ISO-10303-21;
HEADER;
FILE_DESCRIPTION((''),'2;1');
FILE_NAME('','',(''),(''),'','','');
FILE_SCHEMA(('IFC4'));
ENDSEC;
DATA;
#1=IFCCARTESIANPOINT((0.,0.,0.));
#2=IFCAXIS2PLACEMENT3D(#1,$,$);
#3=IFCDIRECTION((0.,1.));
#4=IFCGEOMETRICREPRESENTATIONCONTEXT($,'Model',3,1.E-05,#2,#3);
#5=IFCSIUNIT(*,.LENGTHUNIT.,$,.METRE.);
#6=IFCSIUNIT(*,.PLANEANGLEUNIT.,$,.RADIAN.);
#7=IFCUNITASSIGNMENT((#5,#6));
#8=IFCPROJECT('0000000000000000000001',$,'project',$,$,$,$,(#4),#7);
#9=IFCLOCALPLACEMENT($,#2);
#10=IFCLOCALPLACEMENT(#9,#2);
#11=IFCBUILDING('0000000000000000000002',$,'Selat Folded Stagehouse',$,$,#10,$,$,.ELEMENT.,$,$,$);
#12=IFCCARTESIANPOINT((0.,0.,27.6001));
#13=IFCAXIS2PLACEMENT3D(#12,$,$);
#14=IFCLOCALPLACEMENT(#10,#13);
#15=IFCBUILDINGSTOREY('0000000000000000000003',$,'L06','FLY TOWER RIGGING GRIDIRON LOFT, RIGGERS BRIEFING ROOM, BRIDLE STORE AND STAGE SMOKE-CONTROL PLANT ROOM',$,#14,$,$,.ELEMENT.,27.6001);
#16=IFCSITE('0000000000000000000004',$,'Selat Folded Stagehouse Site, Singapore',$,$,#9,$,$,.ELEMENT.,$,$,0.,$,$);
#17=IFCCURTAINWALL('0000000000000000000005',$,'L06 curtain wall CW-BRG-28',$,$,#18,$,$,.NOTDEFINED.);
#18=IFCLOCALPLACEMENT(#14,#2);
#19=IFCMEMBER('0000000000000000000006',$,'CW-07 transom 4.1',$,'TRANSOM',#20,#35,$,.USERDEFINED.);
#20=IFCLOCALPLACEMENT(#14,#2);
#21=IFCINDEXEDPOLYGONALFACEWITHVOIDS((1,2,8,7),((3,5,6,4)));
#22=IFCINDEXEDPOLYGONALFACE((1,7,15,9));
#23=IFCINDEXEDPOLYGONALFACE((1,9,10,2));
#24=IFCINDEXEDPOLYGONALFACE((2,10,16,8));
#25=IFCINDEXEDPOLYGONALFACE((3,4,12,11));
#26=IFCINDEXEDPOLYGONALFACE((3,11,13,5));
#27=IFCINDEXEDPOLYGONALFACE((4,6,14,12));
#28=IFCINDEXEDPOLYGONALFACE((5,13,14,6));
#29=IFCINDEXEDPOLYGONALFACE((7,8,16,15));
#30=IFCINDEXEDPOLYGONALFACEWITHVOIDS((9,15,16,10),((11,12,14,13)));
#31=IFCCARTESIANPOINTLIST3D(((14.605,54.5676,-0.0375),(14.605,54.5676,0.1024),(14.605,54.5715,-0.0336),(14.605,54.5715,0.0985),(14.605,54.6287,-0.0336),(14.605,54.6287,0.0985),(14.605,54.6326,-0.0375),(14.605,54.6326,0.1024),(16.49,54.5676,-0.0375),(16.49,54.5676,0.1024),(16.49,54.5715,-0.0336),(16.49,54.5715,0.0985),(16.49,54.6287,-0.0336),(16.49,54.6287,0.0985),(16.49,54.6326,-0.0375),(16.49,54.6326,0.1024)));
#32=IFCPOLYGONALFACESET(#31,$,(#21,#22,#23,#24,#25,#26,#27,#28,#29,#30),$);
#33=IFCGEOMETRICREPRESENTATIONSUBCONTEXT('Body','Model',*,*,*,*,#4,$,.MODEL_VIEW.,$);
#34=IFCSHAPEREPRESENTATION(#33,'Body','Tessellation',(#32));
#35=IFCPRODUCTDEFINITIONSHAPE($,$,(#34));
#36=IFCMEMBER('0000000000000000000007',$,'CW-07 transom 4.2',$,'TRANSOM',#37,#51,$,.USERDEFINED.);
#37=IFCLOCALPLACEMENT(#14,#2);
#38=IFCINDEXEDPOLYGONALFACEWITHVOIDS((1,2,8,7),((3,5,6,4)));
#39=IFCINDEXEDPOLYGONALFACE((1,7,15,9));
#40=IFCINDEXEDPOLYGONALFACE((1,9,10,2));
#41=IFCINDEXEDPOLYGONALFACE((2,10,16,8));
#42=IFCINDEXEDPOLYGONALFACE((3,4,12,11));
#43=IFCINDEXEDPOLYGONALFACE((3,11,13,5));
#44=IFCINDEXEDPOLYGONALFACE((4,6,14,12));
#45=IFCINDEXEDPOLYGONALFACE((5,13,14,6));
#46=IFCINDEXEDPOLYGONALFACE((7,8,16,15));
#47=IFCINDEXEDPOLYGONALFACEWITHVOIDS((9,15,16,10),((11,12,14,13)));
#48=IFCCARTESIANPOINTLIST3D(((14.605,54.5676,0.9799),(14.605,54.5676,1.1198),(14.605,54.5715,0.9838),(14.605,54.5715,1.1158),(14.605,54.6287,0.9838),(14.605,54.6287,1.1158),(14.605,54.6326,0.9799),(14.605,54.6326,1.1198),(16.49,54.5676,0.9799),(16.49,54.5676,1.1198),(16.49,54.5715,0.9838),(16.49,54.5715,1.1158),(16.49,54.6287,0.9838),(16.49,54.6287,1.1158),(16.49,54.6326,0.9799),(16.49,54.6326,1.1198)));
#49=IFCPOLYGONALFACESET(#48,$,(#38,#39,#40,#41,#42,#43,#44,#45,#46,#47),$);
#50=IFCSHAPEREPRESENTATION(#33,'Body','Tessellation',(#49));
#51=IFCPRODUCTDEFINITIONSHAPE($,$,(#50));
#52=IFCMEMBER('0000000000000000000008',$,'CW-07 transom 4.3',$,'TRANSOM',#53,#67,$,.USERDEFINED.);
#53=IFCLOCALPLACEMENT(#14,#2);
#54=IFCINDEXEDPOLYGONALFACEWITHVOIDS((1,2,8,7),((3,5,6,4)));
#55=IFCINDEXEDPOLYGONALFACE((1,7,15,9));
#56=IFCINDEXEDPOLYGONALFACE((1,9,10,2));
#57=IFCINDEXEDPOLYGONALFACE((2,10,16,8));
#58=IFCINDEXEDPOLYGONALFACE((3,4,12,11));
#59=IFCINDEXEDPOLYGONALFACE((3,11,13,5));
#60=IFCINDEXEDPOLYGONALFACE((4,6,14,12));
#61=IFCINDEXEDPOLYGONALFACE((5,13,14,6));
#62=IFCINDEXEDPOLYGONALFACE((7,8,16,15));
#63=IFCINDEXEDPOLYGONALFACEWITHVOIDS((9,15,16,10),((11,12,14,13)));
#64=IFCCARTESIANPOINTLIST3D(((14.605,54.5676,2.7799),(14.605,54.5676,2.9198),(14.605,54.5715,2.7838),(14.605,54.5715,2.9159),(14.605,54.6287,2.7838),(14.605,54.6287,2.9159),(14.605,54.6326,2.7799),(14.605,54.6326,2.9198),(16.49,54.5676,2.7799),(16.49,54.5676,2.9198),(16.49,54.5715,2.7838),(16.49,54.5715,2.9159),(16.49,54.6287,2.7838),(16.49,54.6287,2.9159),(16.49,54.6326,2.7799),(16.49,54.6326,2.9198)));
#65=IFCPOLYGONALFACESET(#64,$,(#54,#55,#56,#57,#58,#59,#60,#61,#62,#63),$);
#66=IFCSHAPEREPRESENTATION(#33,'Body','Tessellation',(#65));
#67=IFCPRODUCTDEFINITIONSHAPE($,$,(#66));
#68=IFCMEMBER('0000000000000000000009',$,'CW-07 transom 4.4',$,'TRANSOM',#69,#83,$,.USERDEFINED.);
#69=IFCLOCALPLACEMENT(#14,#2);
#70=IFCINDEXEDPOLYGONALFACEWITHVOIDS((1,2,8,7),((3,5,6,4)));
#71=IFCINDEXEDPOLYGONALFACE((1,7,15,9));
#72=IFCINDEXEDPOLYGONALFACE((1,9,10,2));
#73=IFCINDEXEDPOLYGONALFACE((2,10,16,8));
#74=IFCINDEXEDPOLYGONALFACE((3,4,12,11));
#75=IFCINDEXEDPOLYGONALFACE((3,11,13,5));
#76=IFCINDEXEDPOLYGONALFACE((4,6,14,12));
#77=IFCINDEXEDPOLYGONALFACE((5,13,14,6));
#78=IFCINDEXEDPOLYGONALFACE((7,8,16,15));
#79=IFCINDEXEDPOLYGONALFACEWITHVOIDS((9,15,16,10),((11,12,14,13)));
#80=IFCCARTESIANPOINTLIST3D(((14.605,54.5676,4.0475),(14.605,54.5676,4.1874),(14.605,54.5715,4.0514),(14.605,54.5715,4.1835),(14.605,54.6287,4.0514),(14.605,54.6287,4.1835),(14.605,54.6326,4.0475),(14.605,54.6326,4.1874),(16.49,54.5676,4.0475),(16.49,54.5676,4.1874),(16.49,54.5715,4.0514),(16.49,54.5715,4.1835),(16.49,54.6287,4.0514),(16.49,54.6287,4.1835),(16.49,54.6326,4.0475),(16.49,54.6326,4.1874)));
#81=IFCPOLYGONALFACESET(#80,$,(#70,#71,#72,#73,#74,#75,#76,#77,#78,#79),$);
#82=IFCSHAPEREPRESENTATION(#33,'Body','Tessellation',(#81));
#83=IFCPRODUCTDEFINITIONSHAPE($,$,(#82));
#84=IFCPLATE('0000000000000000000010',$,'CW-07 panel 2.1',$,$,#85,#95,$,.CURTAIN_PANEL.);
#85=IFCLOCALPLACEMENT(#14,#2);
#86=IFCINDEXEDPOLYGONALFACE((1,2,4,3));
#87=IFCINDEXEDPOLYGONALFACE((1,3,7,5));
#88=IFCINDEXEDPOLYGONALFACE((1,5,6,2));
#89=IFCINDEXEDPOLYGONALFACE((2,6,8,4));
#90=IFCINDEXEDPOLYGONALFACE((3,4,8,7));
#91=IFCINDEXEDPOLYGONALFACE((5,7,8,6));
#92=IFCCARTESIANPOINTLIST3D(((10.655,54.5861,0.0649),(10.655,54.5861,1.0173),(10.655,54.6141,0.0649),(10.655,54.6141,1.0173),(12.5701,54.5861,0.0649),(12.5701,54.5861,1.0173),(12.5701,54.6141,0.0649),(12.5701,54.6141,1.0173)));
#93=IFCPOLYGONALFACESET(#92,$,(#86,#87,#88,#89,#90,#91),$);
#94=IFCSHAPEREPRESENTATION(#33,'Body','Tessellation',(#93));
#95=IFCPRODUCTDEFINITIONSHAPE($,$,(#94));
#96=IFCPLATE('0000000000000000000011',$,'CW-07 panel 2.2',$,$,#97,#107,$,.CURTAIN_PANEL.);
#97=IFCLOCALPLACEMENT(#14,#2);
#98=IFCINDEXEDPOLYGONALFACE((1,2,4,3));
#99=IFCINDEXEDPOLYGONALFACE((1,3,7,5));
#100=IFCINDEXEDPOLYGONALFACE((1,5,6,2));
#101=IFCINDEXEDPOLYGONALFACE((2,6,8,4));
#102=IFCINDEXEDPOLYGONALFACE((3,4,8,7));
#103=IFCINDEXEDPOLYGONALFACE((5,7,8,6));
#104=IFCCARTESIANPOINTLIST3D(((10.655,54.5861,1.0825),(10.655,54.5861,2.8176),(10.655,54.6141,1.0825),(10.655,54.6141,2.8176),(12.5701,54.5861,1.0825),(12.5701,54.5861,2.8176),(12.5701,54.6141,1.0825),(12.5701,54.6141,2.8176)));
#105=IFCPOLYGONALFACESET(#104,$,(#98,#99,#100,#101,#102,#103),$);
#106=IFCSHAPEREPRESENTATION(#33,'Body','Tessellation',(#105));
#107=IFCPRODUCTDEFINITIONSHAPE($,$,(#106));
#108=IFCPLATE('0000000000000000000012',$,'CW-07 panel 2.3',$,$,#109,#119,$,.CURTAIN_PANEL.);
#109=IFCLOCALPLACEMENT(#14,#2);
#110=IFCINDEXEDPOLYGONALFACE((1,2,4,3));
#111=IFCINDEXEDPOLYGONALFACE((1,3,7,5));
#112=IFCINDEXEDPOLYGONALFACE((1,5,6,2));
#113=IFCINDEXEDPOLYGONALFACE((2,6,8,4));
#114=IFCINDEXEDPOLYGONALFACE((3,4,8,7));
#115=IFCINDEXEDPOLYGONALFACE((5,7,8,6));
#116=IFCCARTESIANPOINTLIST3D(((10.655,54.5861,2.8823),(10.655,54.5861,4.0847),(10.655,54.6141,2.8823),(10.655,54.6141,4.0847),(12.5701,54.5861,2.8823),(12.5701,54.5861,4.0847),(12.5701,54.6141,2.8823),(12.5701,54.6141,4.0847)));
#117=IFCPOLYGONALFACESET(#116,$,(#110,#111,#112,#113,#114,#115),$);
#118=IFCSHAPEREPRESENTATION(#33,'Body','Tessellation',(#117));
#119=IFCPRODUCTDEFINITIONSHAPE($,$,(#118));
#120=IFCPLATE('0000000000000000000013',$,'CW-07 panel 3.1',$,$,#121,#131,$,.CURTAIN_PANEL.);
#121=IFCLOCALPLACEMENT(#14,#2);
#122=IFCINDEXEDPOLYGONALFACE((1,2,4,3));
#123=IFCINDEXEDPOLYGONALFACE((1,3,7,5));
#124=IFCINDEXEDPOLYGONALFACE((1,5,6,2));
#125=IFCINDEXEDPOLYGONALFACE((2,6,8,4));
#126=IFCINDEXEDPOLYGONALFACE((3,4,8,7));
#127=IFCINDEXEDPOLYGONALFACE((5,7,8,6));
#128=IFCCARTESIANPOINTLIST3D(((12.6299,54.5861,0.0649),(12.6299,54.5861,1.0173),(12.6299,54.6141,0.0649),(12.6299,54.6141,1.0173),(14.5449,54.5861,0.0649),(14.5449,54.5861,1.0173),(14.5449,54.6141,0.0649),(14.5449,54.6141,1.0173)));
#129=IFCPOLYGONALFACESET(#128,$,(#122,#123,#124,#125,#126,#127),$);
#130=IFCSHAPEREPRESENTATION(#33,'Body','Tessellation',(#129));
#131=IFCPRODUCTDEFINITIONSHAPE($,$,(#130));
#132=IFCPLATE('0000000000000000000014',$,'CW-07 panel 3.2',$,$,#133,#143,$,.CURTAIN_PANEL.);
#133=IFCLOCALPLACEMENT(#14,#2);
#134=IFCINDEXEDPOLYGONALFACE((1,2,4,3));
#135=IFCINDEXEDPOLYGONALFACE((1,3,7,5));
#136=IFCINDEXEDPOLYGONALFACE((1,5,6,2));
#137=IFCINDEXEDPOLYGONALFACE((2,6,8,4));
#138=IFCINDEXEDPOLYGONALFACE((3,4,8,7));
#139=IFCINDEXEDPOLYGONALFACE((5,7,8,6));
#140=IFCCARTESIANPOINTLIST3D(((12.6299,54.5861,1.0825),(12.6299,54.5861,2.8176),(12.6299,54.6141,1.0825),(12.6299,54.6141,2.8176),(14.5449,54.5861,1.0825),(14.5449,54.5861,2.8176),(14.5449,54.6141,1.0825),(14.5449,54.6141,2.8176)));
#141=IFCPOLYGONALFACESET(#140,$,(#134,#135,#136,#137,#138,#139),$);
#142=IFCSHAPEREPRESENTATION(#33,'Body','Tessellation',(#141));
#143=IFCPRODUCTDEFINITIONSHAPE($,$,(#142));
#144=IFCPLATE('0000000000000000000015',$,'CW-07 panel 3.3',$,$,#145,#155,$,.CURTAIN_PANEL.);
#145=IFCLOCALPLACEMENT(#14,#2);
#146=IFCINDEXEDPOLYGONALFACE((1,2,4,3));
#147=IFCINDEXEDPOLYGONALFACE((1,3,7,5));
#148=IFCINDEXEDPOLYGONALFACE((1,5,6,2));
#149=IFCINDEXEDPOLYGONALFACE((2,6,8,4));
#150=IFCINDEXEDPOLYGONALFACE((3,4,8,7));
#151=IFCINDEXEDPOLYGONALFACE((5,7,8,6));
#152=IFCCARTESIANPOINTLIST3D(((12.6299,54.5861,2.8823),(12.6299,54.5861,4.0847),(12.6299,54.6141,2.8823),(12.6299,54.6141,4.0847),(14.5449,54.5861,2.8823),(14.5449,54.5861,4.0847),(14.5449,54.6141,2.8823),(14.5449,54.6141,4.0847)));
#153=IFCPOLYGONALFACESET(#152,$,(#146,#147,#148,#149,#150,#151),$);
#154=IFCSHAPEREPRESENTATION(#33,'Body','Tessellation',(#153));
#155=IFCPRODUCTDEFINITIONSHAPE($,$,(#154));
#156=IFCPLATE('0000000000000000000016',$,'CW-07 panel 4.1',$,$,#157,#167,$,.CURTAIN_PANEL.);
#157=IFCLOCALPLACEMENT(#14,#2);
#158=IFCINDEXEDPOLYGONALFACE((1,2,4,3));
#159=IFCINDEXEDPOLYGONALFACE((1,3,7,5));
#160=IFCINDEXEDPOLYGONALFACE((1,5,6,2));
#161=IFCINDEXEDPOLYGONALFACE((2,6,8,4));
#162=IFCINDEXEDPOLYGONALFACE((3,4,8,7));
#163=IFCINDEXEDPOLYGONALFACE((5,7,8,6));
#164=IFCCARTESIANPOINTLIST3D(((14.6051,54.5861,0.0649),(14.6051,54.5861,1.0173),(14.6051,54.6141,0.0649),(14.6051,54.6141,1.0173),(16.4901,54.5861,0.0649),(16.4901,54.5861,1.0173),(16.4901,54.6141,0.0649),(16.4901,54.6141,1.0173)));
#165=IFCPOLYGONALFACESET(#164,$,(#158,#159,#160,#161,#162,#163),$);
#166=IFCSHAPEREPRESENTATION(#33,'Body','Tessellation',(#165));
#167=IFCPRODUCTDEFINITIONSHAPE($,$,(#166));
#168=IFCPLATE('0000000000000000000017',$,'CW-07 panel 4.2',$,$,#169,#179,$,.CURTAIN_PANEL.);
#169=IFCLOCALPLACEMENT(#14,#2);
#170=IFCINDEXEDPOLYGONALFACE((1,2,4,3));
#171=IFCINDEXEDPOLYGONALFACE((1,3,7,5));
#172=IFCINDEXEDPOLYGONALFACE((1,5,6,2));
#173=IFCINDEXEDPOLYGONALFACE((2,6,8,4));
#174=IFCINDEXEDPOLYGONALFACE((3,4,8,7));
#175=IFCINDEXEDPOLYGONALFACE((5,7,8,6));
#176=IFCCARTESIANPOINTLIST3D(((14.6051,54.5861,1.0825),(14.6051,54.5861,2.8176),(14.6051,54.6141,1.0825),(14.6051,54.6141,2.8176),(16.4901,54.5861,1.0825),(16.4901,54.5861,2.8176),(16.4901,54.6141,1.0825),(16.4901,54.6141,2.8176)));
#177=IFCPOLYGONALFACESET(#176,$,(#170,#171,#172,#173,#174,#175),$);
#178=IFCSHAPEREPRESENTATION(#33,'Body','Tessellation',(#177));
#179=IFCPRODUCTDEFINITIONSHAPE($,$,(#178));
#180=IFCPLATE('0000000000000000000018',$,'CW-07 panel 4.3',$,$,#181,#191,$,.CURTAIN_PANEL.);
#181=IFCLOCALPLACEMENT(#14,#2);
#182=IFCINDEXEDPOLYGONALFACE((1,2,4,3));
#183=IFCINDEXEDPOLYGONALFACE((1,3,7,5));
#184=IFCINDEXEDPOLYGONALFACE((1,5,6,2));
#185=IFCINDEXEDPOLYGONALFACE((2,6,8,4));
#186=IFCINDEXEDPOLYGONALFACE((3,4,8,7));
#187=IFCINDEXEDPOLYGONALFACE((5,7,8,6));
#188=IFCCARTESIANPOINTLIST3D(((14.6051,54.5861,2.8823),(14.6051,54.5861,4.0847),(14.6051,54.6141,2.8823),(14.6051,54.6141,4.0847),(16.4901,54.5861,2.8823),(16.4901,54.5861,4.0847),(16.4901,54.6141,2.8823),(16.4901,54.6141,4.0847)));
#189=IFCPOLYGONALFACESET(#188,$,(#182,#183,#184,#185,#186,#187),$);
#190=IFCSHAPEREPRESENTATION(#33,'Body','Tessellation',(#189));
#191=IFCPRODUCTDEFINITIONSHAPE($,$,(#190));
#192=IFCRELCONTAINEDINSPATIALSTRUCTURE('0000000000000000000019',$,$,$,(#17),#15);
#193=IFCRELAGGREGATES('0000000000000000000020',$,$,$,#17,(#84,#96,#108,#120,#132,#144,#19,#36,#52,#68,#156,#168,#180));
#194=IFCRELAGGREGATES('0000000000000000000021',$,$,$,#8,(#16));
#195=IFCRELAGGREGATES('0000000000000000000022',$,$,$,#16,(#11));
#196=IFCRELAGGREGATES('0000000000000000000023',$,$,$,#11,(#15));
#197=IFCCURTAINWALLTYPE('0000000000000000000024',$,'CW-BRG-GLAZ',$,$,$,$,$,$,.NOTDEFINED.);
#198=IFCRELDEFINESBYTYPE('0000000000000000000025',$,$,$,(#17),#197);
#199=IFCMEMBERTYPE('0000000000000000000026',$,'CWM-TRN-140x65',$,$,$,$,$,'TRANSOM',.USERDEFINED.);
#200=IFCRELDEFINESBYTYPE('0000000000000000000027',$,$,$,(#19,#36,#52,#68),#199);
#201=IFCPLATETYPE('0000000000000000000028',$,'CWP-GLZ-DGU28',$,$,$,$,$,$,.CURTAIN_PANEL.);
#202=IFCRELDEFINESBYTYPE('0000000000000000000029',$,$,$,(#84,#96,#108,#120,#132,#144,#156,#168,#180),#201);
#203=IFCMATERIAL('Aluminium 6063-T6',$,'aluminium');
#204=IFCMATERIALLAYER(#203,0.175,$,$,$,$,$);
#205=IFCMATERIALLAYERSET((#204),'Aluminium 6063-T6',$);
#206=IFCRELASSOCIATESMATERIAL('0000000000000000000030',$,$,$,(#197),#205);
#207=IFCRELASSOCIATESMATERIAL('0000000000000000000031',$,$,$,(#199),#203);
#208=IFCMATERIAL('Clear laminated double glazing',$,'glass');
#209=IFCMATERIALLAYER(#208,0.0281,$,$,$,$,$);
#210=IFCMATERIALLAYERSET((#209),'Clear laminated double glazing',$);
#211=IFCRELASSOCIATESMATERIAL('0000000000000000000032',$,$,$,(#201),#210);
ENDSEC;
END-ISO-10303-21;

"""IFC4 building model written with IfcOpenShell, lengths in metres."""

from ifc_helpers import new_model, si_unit, direction, frame, origin, origin_2d, place, context, subcontext, project, spatial, rectangle, hollow_rectangle, extrude, material, layer, layer_set, material_profile, profile_set, type_object, element, aggregate, save


model = new_model("IFC4")

# Units and contexts
model_context = context("Model", 3, precision=1e-05, world=origin(), true_north=direction((0.0, 1.0)))
body_context = subcontext(model_context, "Body", "Model", "MODEL_VIEW")
ifc_project = project(units=[si_unit("LENGTHUNIT", "METRE"), si_unit("PLANEANGLEUNIT", "RADIAN")], contexts=[model_context])

# Site, building, storey
site_placement = place(None, origin())
site = spatial("IfcSite", under=ifc_project, at=site_placement, Name="Selat Folded Stagehouse Site, Singapore", CompositionType="ELEMENT", RefElevation=0.0)
building_placement = place(site_placement, origin())
building = spatial("IfcBuilding", under=site, at=building_placement, Name="Selat Folded Stagehouse", CompositionType="ELEMENT")
storey_placement = place(building_placement, frame((0.0, 0.0, 27.6001)))
storey = spatial("IfcBuildingStorey", under=building, at=storey_placement, Name="L06", Description="FLY TOWER RIGGING GRIDIRON LOFT, RIGGERS BRIEFING ROOM, BRIDLE STORE AND STAGE SMOKE-CONTROL PLANT ROOM", CompositionType="ELEMENT", Elevation=27.6001)

# Curtain wall, members, plates
ifc_material_1 = material(Name="Aluminium 6063-T6", Category="aluminium")
ifc_layer_1 = layer(ifc_material_1, 0.175)
ifc_layer_set_1 = layer_set([ifc_layer_1], Name="Aluminium 6063-T6")
curtain_wall_type = type_object("IfcCurtainWallType", Name="CW-BRG-GLAZ", PredefinedType="NOTDEFINED", material=ifc_layer_set_1)
curtain_wall_placement = place(storey_placement, origin())
curtain_wall = element("IfcCurtainWall", 1, at=curtain_wall_placement, inside=storey, type_object=curtain_wall_type, Name="L06 curtain wall CW-BRG-28", PredefinedType="NOTDEFINED")
ifc_material_profile_1 = material_profile(ifc_material_1, hollow_rectangle(XDim=0.0649, YDim=0.1399, WallThickness=0.0039, at=origin_2d()), Name="ALU 140x65x4.0")
ifc_profile_set_1 = profile_set([ifc_material_profile_1], Name="Aluminium 6063-T6")
member_type_1 = type_object("IfcMemberType", Name="CWM-TRN-140x65", ElementType="TRANSOM", PredefinedType="USERDEFINED", material=ifc_profile_set_1)
member_1_placement = place(storey_placement, frame((14.605, 54.6001, 0.0325), z_axis=(1.0, 0.0, 0.0), x_axis=(0.0, 1.0, 0.0)))
member_1 = element("IfcMember", 2, at=member_1_placement, type_object=member_type_1, Name="CW-07 transom 4.1", ObjectType="TRANSOM", PredefinedType="USERDEFINED", context=body_context, shape_type="SweptSolid", body=[
    extrude(hollow_rectangle(XDim=0.0649, YDim=0.1399, WallThickness=0.0039, at=origin_2d()), origin(), (0.0, 0.0, 1.0), 1.885),
])
member_2_placement = place(storey_placement, frame((14.605, 54.6001, 1.0498), z_axis=(1.0, 0.0, 0.0), x_axis=(0.0, 1.0, 0.0)))
member_2 = element("IfcMember", 3, at=member_2_placement, type_object=member_type_1, Name="CW-07 transom 4.2", ObjectType="TRANSOM", PredefinedType="USERDEFINED", context=body_context, shape_type="SweptSolid", body=[
    extrude(hollow_rectangle(XDim=0.0649, YDim=0.1399, WallThickness=0.0039, at=origin_2d()), origin(), (0.0, 0.0, 1.0), 1.885),
])
member_3_placement = place(storey_placement, frame((14.605, 54.6001, 2.8499), z_axis=(1.0, 0.0, 0.0), x_axis=(0.0, 1.0, 0.0)))
member_3 = element("IfcMember", 4, at=member_3_placement, type_object=member_type_1, Name="CW-07 transom 4.3", ObjectType="TRANSOM", PredefinedType="USERDEFINED", context=body_context, shape_type="SweptSolid", body=[
    extrude(hollow_rectangle(XDim=0.0649, YDim=0.1399, WallThickness=0.0039, at=origin_2d()), origin(), (0.0, 0.0, 1.0), 1.885),
])
member_4_placement = place(storey_placement, frame((14.605, 54.6001, 4.1174), z_axis=(1.0, 0.0, 0.0), x_axis=(0.0, 1.0, 0.0)))
member_4 = element("IfcMember", 5, at=member_4_placement, type_object=member_type_1, Name="CW-07 transom 4.4", ObjectType="TRANSOM", PredefinedType="USERDEFINED", context=body_context, shape_type="SweptSolid", body=[
    extrude(hollow_rectangle(XDim=0.0649, YDim=0.1399, WallThickness=0.0039, at=origin_2d()), origin(), (0.0, 0.0, 1.0), 1.885),
])
ifc_material_2 = material(Name="Clear laminated double glazing", Category="glass")
ifc_layer_2 = layer(ifc_material_2, 0.0281)
ifc_layer_set_2 = layer_set([ifc_layer_2], Name="Clear laminated double glazing")
plate_type = type_object("IfcPlateType", Name="CWP-GLZ-DGU28", PredefinedType="CURTAIN_PANEL", material=ifc_layer_set_2)
plate_1_placement = place(storey_placement, frame((11.6125, 54.6001, 0.0649), z_axis=(0.0, 0.0, 1.0), x_axis=(1.0, 0.0, 0.0)))
plate_1 = element("IfcPlate", 6, at=plate_1_placement, type_object=plate_type, Name="CW-07 panel 2.1", PredefinedType="CURTAIN_PANEL", context=body_context, shape_type="SweptSolid", body=[
    extrude(rectangle(XDim=1.915, YDim=0.0281, at=origin_2d()), origin(), (0.0, 0.0, 1.0), 0.9524),
])
plate_2_placement = place(storey_placement, frame((11.6125, 54.6001, 1.0825), z_axis=(0.0, 0.0, 1.0), x_axis=(1.0, 0.0, 0.0)))
plate_2 = element("IfcPlate", 7, at=plate_2_placement, type_object=plate_type, Name="CW-07 panel 2.2", PredefinedType="CURTAIN_PANEL", context=body_context, shape_type="SweptSolid", body=[
    extrude(rectangle(XDim=1.915, YDim=0.0281, at=origin_2d()), origin(), (0.0, 0.0, 1.0), 1.7351),
])
plate_3_placement = place(storey_placement, frame((11.6125, 54.6001, 2.8823), z_axis=(0.0, 0.0, 1.0), x_axis=(1.0, 0.0, 0.0)))
plate_3 = element("IfcPlate", 8, at=plate_3_placement, type_object=plate_type, Name="CW-07 panel 2.3", PredefinedType="CURTAIN_PANEL", context=body_context, shape_type="SweptSolid", body=[
    extrude(rectangle(XDim=1.915, YDim=0.0281, at=origin_2d()), origin(), (0.0, 0.0, 1.0), 1.2024),
])
plate_4_placement = place(storey_placement, frame((13.5874, 54.6001, 0.0649), z_axis=(0.0, 0.0, 1.0), x_axis=(1.0, 0.0, 0.0)))
plate_4 = element("IfcPlate", 9, at=plate_4_placement, type_object=plate_type, Name="CW-07 panel 3.1", PredefinedType="CURTAIN_PANEL", context=body_context, shape_type="SweptSolid", body=[
    extrude(rectangle(XDim=1.915, YDim=0.0281, at=origin_2d()), origin(), (0.0, 0.0, 1.0), 0.9524),
])
plate_5_placement = place(storey_placement, frame((13.5874, 54.6001, 1.0825), z_axis=(0.0, 0.0, 1.0), x_axis=(1.0, 0.0, 0.0)))
plate_5 = element("IfcPlate", 10, at=plate_5_placement, type_object=plate_type, Name="CW-07 panel 3.2", PredefinedType="CURTAIN_PANEL", context=body_context, shape_type="SweptSolid", body=[
    extrude(rectangle(XDim=1.915, YDim=0.0281, at=origin_2d()), origin(), (0.0, 0.0, 1.0), 1.7351),
])
plate_6_placement = place(storey_placement, frame((13.5874, 54.6001, 2.8823), z_axis=(0.0, 0.0, 1.0), x_axis=(1.0, 0.0, 0.0)))
plate_6 = element("IfcPlate", 11, at=plate_6_placement, type_object=plate_type, Name="CW-07 panel 3.3", PredefinedType="CURTAIN_PANEL", context=body_context, shape_type="SweptSolid", body=[
    extrude(rectangle(XDim=1.915, YDim=0.0281, at=origin_2d()), origin(), (0.0, 0.0, 1.0), 1.2024),
])
plate_7_placement = place(storey_placement, frame((15.5476, 54.6001, 0.0649), z_axis=(0.0, 0.0, 1.0), x_axis=(1.0, 0.0, 0.0)))
plate_7 = element("IfcPlate", 12, at=plate_7_placement, type_object=plate_type, Name="CW-07 panel 4.1", PredefinedType="CURTAIN_PANEL", context=body_context, shape_type="SweptSolid", body=[
    extrude(rectangle(XDim=1.885, YDim=0.0281, at=origin_2d()), origin(), (0.0, 0.0, 1.0), 0.9524),
])
plate_8_placement = place(storey_placement, frame((15.5476, 54.6001, 1.0825), z_axis=(0.0, 0.0, 1.0), x_axis=(1.0, 0.0, 0.0)))
plate_8 = element("IfcPlate", 13, at=plate_8_placement, type_object=plate_type, Name="CW-07 panel 4.2", PredefinedType="CURTAIN_PANEL", context=body_context, shape_type="SweptSolid", body=[
    extrude(rectangle(XDim=1.885, YDim=0.0281, at=origin_2d()), origin(), (0.0, 0.0, 1.0), 1.7351),
])
plate_9_placement = place(storey_placement, frame((15.5476, 54.6001, 2.8823), z_axis=(0.0, 0.0, 1.0), x_axis=(1.0, 0.0, 0.0)))
plate_9 = element("IfcPlate", 14, at=plate_9_placement, type_object=plate_type, Name="CW-07 panel 4.3", PredefinedType="CURTAIN_PANEL", context=body_context, shape_type="SweptSolid", body=[
    extrude(rectangle(XDim=1.885, YDim=0.0281, at=origin_2d()), origin(), (0.0, 0.0, 1.0), 1.2024),
])
aggregate(curtain_wall, [plate_1, plate_2, plate_3, plate_4, plate_5, plate_6, member_1, member_2, member_3, member_4, plate_7, plate_8, plate_9])

save(model, "model.ifc")
